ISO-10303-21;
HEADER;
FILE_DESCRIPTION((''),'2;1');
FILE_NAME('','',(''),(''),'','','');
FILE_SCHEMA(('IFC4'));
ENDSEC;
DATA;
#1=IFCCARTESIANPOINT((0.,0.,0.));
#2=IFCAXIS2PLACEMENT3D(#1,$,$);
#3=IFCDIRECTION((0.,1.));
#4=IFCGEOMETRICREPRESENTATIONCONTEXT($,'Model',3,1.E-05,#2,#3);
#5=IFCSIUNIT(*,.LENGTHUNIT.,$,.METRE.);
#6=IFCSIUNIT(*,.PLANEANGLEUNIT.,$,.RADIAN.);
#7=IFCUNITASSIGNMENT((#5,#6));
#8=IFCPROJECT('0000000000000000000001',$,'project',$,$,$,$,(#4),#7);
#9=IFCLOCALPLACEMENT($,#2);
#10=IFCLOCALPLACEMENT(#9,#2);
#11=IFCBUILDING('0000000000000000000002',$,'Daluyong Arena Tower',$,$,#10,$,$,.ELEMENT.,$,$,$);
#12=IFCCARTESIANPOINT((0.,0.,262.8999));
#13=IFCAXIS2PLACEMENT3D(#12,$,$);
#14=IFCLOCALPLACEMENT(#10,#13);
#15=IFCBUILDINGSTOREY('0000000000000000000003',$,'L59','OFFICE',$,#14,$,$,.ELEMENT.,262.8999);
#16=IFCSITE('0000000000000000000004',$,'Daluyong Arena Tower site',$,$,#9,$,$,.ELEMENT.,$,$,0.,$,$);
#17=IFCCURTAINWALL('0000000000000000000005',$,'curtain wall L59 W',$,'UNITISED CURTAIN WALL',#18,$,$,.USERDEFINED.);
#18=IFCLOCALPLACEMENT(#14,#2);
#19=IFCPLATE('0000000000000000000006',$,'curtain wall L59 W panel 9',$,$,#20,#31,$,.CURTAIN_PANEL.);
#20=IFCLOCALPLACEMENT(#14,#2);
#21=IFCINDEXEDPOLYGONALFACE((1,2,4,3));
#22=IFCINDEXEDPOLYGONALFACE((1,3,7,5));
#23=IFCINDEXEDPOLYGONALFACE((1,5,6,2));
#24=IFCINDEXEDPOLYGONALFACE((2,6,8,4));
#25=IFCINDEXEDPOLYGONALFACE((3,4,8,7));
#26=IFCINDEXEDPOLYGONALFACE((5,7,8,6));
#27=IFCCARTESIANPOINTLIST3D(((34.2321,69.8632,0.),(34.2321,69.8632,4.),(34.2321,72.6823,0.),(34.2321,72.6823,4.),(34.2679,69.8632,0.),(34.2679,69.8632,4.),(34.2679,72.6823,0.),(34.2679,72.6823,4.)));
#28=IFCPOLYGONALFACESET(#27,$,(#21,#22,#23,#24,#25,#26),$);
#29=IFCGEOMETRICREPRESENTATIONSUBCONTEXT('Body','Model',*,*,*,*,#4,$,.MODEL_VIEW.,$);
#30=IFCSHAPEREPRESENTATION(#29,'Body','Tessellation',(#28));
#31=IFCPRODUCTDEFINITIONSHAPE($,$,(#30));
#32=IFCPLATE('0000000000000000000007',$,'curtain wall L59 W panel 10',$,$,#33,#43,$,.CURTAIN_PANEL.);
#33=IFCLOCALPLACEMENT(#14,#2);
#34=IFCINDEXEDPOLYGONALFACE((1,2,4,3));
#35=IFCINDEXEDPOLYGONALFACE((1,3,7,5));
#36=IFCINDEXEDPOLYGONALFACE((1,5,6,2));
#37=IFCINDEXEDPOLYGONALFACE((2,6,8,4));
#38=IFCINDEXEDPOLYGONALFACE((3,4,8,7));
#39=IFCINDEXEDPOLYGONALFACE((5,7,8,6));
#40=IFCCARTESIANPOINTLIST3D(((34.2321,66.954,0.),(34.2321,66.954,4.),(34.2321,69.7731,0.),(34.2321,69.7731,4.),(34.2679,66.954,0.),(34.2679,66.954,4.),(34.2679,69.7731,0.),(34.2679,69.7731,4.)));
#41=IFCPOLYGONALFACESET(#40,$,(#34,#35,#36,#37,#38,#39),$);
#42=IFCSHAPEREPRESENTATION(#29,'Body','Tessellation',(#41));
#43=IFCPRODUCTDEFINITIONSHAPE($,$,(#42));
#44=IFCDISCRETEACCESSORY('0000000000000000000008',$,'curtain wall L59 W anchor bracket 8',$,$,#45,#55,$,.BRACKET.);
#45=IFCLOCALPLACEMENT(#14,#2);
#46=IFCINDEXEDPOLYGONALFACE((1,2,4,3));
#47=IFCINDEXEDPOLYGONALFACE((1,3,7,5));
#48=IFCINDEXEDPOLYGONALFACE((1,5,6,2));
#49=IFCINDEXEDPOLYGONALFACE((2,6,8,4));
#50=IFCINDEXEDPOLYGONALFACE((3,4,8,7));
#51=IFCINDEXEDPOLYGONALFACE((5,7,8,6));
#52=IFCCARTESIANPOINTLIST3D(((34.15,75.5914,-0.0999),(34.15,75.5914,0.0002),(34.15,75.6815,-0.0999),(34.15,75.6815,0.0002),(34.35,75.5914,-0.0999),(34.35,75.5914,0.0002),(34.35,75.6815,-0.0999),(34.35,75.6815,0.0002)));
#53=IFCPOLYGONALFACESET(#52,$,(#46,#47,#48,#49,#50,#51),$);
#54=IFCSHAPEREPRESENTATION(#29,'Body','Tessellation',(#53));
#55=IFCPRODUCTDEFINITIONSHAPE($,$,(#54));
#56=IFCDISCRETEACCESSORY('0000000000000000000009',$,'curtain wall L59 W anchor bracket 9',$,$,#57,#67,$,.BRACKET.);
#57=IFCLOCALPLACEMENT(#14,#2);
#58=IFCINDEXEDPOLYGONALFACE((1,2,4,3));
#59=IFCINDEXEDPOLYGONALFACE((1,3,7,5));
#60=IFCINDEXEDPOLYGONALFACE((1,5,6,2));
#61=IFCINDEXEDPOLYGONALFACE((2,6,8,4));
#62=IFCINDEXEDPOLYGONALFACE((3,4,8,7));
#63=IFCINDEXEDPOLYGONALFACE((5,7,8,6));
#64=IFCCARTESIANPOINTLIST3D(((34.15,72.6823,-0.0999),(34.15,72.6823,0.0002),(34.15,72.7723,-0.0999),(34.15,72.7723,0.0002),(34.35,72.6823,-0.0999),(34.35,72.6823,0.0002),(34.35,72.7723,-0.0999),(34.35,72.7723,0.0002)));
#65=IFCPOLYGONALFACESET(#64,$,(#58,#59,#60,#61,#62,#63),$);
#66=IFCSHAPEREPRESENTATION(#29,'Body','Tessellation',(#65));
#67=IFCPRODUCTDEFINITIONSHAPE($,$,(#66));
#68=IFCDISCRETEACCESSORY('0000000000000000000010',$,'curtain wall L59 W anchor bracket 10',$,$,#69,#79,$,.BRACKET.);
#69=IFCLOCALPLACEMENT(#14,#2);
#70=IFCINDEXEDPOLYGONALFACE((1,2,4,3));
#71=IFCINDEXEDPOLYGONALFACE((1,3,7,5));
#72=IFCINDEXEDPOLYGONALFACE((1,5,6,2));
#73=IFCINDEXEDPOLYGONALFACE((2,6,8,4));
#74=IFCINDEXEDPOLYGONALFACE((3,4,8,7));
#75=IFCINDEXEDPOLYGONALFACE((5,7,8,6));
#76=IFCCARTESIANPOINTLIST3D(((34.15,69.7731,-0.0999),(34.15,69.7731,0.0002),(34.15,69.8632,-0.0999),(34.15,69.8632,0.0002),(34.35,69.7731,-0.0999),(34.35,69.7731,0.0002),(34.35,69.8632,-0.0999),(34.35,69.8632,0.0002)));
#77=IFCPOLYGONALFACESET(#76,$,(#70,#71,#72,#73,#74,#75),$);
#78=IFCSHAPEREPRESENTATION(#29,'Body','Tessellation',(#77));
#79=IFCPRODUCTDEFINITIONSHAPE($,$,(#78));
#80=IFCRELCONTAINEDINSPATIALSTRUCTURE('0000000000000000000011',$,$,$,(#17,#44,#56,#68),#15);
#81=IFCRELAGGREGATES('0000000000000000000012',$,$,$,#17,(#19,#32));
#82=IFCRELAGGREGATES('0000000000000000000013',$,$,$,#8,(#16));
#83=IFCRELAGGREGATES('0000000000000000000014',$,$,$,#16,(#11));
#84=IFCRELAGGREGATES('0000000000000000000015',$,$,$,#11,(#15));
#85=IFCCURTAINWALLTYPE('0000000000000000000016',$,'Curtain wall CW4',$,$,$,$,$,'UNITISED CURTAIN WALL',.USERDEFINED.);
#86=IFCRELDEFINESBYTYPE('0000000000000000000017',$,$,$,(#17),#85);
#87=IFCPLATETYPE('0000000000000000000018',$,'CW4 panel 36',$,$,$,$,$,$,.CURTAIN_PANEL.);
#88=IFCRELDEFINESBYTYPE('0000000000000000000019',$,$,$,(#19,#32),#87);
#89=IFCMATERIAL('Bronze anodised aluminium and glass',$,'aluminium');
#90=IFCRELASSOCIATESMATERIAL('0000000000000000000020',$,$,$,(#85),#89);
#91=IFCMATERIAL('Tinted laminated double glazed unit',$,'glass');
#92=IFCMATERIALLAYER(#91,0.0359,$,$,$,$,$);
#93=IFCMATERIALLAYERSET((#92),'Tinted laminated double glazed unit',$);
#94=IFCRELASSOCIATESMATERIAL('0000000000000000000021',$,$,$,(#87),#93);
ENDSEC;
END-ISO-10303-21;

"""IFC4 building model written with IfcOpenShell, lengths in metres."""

from ifc_helpers import new_model, si_unit, direction, frame, origin, origin_2d, place, context, subcontext, project, spatial, rectangle, extrude, material, layer, layer_set, type_object, element, aggregate, save


model = new_model("IFC4")

# Units and contexts
model_context = context("Model", 3, precision=1e-05, world=origin(), true_north=direction((0.0, 1.0)))
body_context = subcontext(model_context, "Body", "Model", "MODEL_VIEW")
ifc_project = project(units=[si_unit("LENGTHUNIT", "METRE"), si_unit("PLANEANGLEUNIT", "RADIAN")], contexts=[model_context])

# Site, building, storey
site_placement = place(None, origin())
site = spatial("IfcSite", under=ifc_project, at=site_placement, Name="Daluyong Arena Tower site", CompositionType="ELEMENT", RefElevation=0.0)
building_placement = place(site_placement, origin())
building = spatial("IfcBuilding", under=site, at=building_placement, Name="Daluyong Arena Tower", CompositionType="ELEMENT")
storey_placement = place(building_placement, frame((0.0, 0.0, 262.8999)))
storey = spatial("IfcBuildingStorey", under=building, at=storey_placement, Name="L59", Description="OFFICE", CompositionType="ELEMENT", Elevation=262.8999)

# Curtain wall
ifc_material_1 = material(Name="Bronze anodised aluminium and glass", Category="aluminium")
curtain_wall_type = type_object("IfcCurtainWallType", Name="Curtain wall CW4", ElementType="UNITISED CURTAIN WALL", PredefinedType="USERDEFINED", material=ifc_material_1)
curtain_wall_placement = place(storey_placement, origin())
curtain_wall = element("IfcCurtainWall", 1, at=curtain_wall_placement, inside=storey, type_object=curtain_wall_type, Name="curtain wall L59 W", ObjectType="UNITISED CURTAIN WALL", PredefinedType="USERDEFINED")

# Plates
ifc_material_2 = material(Name="Tinted laminated double glazed unit", Category="glass")
ifc_layer = layer(ifc_material_2, 0.0359)
ifc_layer_set = layer_set([ifc_layer], Name="Tinted laminated double glazed unit")
plate_type = type_object("IfcPlateType", Name="CW4 panel 36", PredefinedType="CURTAIN_PANEL", material=ifc_layer_set)
plate_1_placement = place(storey_placement, frame((34.25, 71.2727, 0.0), z_axis=(0.0, 0.0, 1.0), x_axis=(0.0, -1.0, 0.0)))
plate_1 = element("IfcPlate", 2, at=plate_1_placement, type_object=plate_type, Name="curtain wall L59 W panel 9", PredefinedType="CURTAIN_PANEL", context=body_context, shape_type="SweptSolid", body=[
    extrude(rectangle(XDim=2.8191, YDim=0.0359, at=origin_2d()), origin(), (0.0, 0.0, 1.0), 4.0),
])
plate_2_placement = place(storey_placement, frame((34.25, 68.3635, 0.0), z_axis=(0.0, 0.0, 1.0), x_axis=(0.0, -1.0, 0.0)))
plate_2 = element("IfcPlate", 3, at=plate_2_placement, type_object=plate_type, Name="curtain wall L59 W panel 10", PredefinedType="CURTAIN_PANEL", context=body_context, shape_type="SweptSolid", body=[
    extrude(rectangle(XDim=2.8191, YDim=0.0359, at=origin_2d()), origin(), (0.0, 0.0, 1.0), 4.0),
])
aggregate(curtain_wall, [plate_1, plate_2])

# Discrete accessories
for number, where, z_axis, x_axis, name in (
    (4, (34.25, 75.6365, -0.0999), (0.0, 0.0, 1.0), (0.0, -1.0, 0.0), "curtain wall L59 W anchor bracket 8"),
    (5, (34.25, 72.7273, -0.0999), (0.0, 0.0, 1.0), (0.0, -1.0, 0.0), "curtain wall L59 W anchor bracket 9"),
    (6, (34.25, 69.8181, -0.0999), (0.0, 0.0, 1.0), (0.0, -1.0, 0.0), "curtain wall L59 W anchor bracket 10"),
):
    element("IfcDiscreteAccessory", number, at=place(storey_placement, frame(where, z_axis=z_axis, x_axis=x_axis)), inside=storey, Name=name, PredefinedType="BRACKET", context=body_context, shape_type="SweptSolid", body=[
        extrude(rectangle(XDim=0.0901, YDim=0.2, at=origin_2d()), origin(), (0.0, 0.0, 1.0), 0.1001),
    ])

save(model, "model.ifc")
